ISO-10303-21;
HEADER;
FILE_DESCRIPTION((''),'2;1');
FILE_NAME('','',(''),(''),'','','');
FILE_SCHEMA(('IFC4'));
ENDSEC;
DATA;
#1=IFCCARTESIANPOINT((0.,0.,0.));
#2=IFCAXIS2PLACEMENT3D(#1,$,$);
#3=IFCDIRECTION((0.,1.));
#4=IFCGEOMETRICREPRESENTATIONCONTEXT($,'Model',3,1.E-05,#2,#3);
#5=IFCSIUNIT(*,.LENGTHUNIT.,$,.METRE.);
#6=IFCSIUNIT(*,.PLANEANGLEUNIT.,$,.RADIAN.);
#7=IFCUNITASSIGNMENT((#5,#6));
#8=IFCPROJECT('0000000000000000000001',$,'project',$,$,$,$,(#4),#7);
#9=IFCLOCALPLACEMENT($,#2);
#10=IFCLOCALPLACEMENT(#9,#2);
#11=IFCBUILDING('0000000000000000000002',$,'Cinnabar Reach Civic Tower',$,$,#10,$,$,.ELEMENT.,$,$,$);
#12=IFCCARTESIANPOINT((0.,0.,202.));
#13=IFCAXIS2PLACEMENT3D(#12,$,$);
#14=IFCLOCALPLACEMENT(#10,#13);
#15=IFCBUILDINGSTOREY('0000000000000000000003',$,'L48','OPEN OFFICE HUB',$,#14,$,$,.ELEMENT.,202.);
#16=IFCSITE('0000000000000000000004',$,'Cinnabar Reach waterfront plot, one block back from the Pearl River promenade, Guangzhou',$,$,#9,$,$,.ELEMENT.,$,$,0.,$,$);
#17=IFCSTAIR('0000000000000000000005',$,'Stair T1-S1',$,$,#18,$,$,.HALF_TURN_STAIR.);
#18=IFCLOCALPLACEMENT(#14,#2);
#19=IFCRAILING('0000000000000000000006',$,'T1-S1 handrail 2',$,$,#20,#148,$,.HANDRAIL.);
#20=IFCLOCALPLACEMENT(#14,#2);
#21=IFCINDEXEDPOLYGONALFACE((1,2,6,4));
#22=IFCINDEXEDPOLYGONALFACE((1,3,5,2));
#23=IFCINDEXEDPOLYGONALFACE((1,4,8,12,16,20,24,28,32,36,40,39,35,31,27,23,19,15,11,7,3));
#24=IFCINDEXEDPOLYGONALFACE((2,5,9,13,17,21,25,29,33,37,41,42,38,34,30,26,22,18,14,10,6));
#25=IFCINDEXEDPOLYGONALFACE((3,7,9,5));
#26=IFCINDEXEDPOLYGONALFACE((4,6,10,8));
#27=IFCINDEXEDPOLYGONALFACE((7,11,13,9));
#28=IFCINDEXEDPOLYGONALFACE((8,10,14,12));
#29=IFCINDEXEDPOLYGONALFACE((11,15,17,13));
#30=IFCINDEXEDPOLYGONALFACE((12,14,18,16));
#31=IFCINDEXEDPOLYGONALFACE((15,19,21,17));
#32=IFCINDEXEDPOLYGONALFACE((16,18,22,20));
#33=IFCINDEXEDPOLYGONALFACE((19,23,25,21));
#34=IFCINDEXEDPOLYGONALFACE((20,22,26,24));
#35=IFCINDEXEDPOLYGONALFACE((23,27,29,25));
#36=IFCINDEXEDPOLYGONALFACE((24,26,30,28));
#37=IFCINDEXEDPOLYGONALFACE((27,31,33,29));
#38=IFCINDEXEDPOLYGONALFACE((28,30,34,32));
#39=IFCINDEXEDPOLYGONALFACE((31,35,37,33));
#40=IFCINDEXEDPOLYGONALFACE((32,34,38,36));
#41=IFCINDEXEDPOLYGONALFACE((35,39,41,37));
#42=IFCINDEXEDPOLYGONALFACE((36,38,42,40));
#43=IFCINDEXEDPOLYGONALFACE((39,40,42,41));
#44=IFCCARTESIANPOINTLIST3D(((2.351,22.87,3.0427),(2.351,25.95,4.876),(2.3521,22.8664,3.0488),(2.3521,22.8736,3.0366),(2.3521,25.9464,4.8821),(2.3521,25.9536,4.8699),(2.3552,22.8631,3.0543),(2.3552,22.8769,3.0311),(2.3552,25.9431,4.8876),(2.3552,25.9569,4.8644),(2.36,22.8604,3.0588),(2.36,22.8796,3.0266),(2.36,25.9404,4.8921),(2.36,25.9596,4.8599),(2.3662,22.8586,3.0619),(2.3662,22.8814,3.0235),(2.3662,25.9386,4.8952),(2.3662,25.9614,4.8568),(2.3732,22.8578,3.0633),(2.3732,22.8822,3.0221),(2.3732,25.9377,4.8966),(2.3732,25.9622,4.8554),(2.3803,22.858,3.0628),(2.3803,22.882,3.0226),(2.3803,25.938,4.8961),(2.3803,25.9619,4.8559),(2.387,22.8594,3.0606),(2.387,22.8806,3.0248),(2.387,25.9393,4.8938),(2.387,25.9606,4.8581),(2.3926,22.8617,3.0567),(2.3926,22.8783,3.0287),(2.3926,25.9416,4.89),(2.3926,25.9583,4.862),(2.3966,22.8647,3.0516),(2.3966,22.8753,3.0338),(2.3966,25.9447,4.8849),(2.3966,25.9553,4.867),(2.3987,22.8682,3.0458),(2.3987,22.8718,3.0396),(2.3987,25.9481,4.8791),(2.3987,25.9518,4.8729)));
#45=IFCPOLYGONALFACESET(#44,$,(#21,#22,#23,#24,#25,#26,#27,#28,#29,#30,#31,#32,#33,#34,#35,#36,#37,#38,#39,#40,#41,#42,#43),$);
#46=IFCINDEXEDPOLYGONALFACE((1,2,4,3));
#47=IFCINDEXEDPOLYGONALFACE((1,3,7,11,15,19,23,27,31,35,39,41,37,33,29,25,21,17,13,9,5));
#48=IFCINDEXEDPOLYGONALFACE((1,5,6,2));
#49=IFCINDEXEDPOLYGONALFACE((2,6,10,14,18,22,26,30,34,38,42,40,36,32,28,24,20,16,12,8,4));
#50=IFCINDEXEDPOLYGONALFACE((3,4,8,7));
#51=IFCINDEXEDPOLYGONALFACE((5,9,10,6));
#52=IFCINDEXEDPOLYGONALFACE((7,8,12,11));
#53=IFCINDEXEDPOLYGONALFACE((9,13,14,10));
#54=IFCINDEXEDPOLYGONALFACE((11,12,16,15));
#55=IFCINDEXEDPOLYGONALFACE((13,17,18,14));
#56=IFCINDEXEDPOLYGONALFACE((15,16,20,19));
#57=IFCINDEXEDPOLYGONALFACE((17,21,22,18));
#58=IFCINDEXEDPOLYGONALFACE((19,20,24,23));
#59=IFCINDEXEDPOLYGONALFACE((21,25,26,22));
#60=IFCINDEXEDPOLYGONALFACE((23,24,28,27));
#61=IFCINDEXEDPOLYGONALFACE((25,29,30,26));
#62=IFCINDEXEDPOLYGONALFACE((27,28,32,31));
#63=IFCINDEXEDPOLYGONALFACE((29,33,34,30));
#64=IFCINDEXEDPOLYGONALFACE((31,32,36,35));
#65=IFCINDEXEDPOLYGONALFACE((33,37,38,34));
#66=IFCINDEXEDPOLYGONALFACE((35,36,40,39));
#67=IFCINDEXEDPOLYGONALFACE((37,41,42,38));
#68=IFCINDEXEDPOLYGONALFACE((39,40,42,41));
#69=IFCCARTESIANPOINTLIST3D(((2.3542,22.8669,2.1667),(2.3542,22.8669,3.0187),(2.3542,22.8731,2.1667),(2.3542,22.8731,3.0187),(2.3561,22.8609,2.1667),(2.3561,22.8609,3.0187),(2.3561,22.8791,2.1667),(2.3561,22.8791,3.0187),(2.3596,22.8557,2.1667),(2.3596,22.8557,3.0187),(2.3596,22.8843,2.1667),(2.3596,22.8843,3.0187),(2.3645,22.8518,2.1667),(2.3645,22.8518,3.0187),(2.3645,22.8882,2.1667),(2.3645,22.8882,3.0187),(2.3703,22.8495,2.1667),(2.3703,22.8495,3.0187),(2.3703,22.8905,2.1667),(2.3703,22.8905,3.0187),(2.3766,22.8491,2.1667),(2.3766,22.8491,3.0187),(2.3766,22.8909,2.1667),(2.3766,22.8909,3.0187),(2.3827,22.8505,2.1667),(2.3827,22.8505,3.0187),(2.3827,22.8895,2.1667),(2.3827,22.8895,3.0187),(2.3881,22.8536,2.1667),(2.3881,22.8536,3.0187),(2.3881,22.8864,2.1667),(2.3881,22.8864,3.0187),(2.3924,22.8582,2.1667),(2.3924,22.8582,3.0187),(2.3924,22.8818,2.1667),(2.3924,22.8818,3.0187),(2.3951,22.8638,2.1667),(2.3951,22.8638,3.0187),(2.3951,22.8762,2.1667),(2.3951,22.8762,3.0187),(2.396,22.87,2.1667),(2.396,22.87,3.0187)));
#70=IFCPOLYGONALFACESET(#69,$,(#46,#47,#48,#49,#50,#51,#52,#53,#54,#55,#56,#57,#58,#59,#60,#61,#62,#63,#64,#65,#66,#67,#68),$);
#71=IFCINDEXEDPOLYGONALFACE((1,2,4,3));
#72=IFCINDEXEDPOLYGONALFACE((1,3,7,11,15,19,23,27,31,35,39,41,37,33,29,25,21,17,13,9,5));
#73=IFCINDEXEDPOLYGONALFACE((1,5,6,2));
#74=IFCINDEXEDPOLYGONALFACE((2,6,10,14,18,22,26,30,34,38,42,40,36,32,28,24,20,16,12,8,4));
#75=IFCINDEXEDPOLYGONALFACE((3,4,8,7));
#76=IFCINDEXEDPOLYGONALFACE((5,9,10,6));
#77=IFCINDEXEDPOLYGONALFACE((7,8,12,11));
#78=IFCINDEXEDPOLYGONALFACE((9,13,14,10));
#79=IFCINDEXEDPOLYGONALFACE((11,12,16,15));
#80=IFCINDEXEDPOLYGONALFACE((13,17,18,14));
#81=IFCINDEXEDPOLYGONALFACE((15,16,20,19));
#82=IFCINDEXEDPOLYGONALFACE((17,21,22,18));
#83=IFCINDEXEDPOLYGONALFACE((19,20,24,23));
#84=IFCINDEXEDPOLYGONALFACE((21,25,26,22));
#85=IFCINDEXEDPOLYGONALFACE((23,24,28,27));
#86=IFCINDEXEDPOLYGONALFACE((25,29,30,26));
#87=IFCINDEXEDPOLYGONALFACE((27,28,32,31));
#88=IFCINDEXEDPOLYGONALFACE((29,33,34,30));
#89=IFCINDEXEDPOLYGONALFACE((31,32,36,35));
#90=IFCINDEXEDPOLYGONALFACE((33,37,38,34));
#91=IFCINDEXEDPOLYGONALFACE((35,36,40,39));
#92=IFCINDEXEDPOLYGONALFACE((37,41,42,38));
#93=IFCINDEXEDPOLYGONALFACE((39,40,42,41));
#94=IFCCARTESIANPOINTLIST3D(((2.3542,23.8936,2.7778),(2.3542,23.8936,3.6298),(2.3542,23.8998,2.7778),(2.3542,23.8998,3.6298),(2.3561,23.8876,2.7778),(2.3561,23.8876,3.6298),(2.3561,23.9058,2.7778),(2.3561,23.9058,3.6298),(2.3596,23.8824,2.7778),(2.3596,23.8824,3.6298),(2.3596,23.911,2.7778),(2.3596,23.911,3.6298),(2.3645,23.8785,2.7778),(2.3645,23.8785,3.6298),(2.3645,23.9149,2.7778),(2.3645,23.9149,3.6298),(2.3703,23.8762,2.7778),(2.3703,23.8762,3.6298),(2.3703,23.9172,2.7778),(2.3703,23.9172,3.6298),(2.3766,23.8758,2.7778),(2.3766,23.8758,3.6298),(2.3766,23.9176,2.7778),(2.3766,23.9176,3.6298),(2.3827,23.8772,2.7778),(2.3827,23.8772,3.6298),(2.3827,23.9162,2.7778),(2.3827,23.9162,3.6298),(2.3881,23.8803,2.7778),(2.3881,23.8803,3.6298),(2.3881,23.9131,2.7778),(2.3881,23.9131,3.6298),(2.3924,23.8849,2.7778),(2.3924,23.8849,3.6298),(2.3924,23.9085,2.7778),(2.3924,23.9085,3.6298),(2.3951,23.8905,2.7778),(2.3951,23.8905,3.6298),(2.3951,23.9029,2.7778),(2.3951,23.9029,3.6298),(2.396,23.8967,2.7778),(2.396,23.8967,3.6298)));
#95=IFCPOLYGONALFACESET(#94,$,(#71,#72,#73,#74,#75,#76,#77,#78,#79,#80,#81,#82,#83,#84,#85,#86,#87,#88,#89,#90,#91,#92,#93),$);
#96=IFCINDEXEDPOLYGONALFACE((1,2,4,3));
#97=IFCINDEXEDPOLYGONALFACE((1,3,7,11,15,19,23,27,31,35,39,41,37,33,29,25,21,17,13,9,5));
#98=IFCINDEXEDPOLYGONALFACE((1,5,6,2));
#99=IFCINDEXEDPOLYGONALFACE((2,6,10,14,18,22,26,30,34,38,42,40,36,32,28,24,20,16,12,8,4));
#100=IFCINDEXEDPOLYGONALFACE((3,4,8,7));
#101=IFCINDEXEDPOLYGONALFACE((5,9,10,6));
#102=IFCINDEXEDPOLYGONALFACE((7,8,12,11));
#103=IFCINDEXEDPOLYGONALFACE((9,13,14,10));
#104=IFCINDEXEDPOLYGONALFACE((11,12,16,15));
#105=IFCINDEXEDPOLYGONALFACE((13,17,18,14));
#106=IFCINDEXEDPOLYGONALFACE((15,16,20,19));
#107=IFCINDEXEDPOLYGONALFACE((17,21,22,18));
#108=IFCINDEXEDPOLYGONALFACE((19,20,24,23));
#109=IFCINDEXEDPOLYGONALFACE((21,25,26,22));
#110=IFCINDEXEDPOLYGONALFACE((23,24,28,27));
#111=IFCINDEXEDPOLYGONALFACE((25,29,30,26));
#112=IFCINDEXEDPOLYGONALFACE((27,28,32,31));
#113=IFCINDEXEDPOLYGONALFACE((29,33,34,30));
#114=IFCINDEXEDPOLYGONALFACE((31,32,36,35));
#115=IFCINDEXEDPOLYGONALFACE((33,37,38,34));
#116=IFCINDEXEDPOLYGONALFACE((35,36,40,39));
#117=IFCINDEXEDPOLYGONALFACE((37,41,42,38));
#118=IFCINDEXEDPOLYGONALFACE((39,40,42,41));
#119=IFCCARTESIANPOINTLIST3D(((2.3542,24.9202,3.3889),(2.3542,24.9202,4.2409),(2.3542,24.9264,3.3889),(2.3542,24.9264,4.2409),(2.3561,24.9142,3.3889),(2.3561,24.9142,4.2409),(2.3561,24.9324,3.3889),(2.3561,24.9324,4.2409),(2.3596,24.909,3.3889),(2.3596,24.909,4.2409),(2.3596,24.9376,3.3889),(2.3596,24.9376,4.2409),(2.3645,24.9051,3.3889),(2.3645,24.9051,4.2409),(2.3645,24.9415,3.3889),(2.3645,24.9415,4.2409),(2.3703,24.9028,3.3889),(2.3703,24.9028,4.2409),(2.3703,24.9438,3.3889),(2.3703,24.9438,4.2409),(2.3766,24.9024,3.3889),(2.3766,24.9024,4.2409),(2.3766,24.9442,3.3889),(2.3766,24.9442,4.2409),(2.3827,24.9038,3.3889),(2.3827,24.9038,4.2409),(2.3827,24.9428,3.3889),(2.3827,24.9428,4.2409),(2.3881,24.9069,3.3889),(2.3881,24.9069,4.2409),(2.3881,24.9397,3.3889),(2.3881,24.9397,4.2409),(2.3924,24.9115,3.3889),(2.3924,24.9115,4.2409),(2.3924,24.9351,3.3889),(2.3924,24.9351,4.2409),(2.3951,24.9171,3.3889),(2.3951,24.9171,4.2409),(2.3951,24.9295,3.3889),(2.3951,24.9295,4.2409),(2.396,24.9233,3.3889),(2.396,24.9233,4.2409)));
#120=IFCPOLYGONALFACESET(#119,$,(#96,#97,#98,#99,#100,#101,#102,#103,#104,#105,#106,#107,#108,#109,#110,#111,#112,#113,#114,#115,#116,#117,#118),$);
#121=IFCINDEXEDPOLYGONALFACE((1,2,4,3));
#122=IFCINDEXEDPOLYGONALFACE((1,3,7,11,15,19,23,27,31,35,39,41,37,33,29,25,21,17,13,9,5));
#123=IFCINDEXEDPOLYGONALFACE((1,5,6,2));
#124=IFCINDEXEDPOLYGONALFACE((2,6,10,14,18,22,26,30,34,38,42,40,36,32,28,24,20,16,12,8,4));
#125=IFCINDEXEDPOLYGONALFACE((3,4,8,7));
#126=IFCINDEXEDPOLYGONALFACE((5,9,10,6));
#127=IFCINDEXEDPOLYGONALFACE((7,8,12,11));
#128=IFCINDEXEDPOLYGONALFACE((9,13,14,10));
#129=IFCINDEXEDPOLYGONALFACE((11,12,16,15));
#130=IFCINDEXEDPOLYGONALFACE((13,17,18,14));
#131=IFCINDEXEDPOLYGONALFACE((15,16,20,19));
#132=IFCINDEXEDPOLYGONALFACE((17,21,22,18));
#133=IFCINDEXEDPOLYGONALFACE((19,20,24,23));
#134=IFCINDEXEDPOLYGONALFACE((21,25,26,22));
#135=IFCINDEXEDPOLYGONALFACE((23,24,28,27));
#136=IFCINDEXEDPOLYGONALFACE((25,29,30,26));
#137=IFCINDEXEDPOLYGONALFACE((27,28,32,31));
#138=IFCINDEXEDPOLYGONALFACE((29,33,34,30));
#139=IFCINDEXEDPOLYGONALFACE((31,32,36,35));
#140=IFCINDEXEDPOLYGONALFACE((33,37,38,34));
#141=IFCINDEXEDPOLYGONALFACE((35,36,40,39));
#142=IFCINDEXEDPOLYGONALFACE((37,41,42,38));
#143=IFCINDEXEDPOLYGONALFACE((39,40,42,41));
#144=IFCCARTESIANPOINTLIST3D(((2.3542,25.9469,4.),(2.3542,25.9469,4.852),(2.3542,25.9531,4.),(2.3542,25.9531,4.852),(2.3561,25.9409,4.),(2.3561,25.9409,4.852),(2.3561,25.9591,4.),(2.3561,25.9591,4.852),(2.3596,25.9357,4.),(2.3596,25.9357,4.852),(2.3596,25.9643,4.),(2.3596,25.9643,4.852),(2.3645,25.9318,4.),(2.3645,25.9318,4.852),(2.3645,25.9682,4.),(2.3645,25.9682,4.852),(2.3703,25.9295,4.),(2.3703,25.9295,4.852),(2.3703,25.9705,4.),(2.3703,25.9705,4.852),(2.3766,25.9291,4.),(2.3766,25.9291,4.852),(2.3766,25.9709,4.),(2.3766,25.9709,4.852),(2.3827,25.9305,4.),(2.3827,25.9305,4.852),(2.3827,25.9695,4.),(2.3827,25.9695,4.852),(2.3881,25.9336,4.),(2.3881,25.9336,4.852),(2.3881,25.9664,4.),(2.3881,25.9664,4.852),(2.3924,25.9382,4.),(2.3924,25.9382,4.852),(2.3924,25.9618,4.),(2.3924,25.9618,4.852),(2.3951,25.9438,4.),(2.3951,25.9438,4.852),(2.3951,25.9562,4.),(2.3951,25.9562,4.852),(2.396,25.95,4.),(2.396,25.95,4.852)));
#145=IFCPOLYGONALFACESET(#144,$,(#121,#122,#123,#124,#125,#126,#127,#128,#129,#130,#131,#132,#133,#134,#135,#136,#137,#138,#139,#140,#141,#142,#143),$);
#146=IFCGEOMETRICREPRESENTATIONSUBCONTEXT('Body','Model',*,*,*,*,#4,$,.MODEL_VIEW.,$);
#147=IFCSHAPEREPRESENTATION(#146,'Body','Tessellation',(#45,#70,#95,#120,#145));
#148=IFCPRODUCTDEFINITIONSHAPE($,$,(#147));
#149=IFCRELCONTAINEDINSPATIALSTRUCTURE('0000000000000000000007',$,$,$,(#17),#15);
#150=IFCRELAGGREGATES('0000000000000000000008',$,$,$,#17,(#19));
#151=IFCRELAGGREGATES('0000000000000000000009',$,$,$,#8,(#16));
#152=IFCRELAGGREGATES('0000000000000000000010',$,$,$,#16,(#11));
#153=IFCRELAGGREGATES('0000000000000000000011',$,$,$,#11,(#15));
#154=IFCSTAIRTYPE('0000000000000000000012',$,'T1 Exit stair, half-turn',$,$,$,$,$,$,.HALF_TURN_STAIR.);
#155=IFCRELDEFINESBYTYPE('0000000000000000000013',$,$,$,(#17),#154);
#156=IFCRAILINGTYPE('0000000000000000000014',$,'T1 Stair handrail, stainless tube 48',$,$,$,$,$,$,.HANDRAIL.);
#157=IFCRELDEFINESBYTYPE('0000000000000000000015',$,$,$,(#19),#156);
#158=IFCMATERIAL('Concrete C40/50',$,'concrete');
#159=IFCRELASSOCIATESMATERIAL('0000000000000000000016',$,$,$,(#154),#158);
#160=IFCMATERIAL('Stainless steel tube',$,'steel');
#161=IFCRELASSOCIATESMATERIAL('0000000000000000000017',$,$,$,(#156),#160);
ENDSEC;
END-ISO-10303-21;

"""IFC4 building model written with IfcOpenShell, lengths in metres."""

from ifc_helpers import new_model, si_unit, direction, frame, origin, origin_2d, place, context, subcontext, project, spatial, circle, extrude, material, type_object, element, aggregate, save


model = new_model("IFC4")

# Units and contexts
model_context = context("Model", 3, precision=1e-05, world=origin(), true_north=direction((0.0, 1.0)))
body_context = subcontext(model_context, "Body", "Model", "MODEL_VIEW")
ifc_project = project(units=[si_unit("LENGTHUNIT", "METRE"), si_unit("PLANEANGLEUNIT", "RADIAN")], contexts=[model_context])

# Site, building, storey
site_placement = place(None, origin())
site = spatial("IfcSite", under=ifc_project, at=site_placement, Name="Cinnabar Reach waterfront plot, one block back from the Pearl River promenade, Guangzhou", CompositionType="ELEMENT", RefElevation=0.0)
building_placement = place(site_placement, origin())
building = spatial("IfcBuilding", under=site, at=building_placement, Name="Cinnabar Reach Civic Tower", CompositionType="ELEMENT")
storey_placement = place(building_placement, frame((0.0, 0.0, 202.0)))
storey = spatial("IfcBuildingStorey", under=building, at=storey_placement, Name="L48", Description="OPEN OFFICE HUB", CompositionType="ELEMENT", Elevation=202.0)

# Shared definitions
ifc_material_1 = material(Name="Concrete C40/50", Category="concrete")

# Stair, railing
stair_type = type_object("IfcStairType", Name="T1 Exit stair, half-turn", PredefinedType="HALF_TURN_STAIR", material=ifc_material_1)
stair_placement = place(storey_placement, origin())
stair = element("IfcStair", 1, at=stair_placement, inside=storey, type_object=stair_type, Name="Stair T1-S1", PredefinedType="HALF_TURN_STAIR")
ifc_material_2 = material(Name="Stainless steel tube", Category="steel")
railing_type = type_object("IfcRailingType", Name="T1 Stair handrail, stainless tube 48", PredefinedType="HANDRAIL", material=ifc_material_2)
railing_1_placement = place(storey_placement, frame((2.375, 22.87, 2.1667)))
railing_1 = element("IfcRailing", 2, at=railing_1_placement, type_object=railing_type, Name="T1-S1 handrail 2", PredefinedType="HANDRAIL", context=body_context, shape_type="SweptSolid", body=[
    extrude(circle(Radius=0.024, at=origin_2d()), frame((0.0, 0.0, 0.876), z_axis=(0.0, 0.859297, 0.511477), x_axis=(-1.0, 0.0, 0.0)), (0.0, 0.0, 1.0), 3.5843),
    extrude(circle(Radius=0.021, at=origin_2d()), origin(), (0.0, 0.0, 1.0), 0.852),
    extrude(circle(Radius=0.021, at=origin_2d()), frame((0.0, 1.0267, 0.6111)), (0.0, 0.0, 1.0), 0.852),
    extrude(circle(Radius=0.021, at=origin_2d()), frame((0.0, 2.0533, 1.2222)), (0.0, 0.0, 1.0), 0.852),
    extrude(circle(Radius=0.021, at=origin_2d()), frame((0.0, 3.08, 1.8333)), (0.0, 0.0, 1.0), 0.852),
])
aggregate(stair, [railing_1])

save(model, "model.ifc")
